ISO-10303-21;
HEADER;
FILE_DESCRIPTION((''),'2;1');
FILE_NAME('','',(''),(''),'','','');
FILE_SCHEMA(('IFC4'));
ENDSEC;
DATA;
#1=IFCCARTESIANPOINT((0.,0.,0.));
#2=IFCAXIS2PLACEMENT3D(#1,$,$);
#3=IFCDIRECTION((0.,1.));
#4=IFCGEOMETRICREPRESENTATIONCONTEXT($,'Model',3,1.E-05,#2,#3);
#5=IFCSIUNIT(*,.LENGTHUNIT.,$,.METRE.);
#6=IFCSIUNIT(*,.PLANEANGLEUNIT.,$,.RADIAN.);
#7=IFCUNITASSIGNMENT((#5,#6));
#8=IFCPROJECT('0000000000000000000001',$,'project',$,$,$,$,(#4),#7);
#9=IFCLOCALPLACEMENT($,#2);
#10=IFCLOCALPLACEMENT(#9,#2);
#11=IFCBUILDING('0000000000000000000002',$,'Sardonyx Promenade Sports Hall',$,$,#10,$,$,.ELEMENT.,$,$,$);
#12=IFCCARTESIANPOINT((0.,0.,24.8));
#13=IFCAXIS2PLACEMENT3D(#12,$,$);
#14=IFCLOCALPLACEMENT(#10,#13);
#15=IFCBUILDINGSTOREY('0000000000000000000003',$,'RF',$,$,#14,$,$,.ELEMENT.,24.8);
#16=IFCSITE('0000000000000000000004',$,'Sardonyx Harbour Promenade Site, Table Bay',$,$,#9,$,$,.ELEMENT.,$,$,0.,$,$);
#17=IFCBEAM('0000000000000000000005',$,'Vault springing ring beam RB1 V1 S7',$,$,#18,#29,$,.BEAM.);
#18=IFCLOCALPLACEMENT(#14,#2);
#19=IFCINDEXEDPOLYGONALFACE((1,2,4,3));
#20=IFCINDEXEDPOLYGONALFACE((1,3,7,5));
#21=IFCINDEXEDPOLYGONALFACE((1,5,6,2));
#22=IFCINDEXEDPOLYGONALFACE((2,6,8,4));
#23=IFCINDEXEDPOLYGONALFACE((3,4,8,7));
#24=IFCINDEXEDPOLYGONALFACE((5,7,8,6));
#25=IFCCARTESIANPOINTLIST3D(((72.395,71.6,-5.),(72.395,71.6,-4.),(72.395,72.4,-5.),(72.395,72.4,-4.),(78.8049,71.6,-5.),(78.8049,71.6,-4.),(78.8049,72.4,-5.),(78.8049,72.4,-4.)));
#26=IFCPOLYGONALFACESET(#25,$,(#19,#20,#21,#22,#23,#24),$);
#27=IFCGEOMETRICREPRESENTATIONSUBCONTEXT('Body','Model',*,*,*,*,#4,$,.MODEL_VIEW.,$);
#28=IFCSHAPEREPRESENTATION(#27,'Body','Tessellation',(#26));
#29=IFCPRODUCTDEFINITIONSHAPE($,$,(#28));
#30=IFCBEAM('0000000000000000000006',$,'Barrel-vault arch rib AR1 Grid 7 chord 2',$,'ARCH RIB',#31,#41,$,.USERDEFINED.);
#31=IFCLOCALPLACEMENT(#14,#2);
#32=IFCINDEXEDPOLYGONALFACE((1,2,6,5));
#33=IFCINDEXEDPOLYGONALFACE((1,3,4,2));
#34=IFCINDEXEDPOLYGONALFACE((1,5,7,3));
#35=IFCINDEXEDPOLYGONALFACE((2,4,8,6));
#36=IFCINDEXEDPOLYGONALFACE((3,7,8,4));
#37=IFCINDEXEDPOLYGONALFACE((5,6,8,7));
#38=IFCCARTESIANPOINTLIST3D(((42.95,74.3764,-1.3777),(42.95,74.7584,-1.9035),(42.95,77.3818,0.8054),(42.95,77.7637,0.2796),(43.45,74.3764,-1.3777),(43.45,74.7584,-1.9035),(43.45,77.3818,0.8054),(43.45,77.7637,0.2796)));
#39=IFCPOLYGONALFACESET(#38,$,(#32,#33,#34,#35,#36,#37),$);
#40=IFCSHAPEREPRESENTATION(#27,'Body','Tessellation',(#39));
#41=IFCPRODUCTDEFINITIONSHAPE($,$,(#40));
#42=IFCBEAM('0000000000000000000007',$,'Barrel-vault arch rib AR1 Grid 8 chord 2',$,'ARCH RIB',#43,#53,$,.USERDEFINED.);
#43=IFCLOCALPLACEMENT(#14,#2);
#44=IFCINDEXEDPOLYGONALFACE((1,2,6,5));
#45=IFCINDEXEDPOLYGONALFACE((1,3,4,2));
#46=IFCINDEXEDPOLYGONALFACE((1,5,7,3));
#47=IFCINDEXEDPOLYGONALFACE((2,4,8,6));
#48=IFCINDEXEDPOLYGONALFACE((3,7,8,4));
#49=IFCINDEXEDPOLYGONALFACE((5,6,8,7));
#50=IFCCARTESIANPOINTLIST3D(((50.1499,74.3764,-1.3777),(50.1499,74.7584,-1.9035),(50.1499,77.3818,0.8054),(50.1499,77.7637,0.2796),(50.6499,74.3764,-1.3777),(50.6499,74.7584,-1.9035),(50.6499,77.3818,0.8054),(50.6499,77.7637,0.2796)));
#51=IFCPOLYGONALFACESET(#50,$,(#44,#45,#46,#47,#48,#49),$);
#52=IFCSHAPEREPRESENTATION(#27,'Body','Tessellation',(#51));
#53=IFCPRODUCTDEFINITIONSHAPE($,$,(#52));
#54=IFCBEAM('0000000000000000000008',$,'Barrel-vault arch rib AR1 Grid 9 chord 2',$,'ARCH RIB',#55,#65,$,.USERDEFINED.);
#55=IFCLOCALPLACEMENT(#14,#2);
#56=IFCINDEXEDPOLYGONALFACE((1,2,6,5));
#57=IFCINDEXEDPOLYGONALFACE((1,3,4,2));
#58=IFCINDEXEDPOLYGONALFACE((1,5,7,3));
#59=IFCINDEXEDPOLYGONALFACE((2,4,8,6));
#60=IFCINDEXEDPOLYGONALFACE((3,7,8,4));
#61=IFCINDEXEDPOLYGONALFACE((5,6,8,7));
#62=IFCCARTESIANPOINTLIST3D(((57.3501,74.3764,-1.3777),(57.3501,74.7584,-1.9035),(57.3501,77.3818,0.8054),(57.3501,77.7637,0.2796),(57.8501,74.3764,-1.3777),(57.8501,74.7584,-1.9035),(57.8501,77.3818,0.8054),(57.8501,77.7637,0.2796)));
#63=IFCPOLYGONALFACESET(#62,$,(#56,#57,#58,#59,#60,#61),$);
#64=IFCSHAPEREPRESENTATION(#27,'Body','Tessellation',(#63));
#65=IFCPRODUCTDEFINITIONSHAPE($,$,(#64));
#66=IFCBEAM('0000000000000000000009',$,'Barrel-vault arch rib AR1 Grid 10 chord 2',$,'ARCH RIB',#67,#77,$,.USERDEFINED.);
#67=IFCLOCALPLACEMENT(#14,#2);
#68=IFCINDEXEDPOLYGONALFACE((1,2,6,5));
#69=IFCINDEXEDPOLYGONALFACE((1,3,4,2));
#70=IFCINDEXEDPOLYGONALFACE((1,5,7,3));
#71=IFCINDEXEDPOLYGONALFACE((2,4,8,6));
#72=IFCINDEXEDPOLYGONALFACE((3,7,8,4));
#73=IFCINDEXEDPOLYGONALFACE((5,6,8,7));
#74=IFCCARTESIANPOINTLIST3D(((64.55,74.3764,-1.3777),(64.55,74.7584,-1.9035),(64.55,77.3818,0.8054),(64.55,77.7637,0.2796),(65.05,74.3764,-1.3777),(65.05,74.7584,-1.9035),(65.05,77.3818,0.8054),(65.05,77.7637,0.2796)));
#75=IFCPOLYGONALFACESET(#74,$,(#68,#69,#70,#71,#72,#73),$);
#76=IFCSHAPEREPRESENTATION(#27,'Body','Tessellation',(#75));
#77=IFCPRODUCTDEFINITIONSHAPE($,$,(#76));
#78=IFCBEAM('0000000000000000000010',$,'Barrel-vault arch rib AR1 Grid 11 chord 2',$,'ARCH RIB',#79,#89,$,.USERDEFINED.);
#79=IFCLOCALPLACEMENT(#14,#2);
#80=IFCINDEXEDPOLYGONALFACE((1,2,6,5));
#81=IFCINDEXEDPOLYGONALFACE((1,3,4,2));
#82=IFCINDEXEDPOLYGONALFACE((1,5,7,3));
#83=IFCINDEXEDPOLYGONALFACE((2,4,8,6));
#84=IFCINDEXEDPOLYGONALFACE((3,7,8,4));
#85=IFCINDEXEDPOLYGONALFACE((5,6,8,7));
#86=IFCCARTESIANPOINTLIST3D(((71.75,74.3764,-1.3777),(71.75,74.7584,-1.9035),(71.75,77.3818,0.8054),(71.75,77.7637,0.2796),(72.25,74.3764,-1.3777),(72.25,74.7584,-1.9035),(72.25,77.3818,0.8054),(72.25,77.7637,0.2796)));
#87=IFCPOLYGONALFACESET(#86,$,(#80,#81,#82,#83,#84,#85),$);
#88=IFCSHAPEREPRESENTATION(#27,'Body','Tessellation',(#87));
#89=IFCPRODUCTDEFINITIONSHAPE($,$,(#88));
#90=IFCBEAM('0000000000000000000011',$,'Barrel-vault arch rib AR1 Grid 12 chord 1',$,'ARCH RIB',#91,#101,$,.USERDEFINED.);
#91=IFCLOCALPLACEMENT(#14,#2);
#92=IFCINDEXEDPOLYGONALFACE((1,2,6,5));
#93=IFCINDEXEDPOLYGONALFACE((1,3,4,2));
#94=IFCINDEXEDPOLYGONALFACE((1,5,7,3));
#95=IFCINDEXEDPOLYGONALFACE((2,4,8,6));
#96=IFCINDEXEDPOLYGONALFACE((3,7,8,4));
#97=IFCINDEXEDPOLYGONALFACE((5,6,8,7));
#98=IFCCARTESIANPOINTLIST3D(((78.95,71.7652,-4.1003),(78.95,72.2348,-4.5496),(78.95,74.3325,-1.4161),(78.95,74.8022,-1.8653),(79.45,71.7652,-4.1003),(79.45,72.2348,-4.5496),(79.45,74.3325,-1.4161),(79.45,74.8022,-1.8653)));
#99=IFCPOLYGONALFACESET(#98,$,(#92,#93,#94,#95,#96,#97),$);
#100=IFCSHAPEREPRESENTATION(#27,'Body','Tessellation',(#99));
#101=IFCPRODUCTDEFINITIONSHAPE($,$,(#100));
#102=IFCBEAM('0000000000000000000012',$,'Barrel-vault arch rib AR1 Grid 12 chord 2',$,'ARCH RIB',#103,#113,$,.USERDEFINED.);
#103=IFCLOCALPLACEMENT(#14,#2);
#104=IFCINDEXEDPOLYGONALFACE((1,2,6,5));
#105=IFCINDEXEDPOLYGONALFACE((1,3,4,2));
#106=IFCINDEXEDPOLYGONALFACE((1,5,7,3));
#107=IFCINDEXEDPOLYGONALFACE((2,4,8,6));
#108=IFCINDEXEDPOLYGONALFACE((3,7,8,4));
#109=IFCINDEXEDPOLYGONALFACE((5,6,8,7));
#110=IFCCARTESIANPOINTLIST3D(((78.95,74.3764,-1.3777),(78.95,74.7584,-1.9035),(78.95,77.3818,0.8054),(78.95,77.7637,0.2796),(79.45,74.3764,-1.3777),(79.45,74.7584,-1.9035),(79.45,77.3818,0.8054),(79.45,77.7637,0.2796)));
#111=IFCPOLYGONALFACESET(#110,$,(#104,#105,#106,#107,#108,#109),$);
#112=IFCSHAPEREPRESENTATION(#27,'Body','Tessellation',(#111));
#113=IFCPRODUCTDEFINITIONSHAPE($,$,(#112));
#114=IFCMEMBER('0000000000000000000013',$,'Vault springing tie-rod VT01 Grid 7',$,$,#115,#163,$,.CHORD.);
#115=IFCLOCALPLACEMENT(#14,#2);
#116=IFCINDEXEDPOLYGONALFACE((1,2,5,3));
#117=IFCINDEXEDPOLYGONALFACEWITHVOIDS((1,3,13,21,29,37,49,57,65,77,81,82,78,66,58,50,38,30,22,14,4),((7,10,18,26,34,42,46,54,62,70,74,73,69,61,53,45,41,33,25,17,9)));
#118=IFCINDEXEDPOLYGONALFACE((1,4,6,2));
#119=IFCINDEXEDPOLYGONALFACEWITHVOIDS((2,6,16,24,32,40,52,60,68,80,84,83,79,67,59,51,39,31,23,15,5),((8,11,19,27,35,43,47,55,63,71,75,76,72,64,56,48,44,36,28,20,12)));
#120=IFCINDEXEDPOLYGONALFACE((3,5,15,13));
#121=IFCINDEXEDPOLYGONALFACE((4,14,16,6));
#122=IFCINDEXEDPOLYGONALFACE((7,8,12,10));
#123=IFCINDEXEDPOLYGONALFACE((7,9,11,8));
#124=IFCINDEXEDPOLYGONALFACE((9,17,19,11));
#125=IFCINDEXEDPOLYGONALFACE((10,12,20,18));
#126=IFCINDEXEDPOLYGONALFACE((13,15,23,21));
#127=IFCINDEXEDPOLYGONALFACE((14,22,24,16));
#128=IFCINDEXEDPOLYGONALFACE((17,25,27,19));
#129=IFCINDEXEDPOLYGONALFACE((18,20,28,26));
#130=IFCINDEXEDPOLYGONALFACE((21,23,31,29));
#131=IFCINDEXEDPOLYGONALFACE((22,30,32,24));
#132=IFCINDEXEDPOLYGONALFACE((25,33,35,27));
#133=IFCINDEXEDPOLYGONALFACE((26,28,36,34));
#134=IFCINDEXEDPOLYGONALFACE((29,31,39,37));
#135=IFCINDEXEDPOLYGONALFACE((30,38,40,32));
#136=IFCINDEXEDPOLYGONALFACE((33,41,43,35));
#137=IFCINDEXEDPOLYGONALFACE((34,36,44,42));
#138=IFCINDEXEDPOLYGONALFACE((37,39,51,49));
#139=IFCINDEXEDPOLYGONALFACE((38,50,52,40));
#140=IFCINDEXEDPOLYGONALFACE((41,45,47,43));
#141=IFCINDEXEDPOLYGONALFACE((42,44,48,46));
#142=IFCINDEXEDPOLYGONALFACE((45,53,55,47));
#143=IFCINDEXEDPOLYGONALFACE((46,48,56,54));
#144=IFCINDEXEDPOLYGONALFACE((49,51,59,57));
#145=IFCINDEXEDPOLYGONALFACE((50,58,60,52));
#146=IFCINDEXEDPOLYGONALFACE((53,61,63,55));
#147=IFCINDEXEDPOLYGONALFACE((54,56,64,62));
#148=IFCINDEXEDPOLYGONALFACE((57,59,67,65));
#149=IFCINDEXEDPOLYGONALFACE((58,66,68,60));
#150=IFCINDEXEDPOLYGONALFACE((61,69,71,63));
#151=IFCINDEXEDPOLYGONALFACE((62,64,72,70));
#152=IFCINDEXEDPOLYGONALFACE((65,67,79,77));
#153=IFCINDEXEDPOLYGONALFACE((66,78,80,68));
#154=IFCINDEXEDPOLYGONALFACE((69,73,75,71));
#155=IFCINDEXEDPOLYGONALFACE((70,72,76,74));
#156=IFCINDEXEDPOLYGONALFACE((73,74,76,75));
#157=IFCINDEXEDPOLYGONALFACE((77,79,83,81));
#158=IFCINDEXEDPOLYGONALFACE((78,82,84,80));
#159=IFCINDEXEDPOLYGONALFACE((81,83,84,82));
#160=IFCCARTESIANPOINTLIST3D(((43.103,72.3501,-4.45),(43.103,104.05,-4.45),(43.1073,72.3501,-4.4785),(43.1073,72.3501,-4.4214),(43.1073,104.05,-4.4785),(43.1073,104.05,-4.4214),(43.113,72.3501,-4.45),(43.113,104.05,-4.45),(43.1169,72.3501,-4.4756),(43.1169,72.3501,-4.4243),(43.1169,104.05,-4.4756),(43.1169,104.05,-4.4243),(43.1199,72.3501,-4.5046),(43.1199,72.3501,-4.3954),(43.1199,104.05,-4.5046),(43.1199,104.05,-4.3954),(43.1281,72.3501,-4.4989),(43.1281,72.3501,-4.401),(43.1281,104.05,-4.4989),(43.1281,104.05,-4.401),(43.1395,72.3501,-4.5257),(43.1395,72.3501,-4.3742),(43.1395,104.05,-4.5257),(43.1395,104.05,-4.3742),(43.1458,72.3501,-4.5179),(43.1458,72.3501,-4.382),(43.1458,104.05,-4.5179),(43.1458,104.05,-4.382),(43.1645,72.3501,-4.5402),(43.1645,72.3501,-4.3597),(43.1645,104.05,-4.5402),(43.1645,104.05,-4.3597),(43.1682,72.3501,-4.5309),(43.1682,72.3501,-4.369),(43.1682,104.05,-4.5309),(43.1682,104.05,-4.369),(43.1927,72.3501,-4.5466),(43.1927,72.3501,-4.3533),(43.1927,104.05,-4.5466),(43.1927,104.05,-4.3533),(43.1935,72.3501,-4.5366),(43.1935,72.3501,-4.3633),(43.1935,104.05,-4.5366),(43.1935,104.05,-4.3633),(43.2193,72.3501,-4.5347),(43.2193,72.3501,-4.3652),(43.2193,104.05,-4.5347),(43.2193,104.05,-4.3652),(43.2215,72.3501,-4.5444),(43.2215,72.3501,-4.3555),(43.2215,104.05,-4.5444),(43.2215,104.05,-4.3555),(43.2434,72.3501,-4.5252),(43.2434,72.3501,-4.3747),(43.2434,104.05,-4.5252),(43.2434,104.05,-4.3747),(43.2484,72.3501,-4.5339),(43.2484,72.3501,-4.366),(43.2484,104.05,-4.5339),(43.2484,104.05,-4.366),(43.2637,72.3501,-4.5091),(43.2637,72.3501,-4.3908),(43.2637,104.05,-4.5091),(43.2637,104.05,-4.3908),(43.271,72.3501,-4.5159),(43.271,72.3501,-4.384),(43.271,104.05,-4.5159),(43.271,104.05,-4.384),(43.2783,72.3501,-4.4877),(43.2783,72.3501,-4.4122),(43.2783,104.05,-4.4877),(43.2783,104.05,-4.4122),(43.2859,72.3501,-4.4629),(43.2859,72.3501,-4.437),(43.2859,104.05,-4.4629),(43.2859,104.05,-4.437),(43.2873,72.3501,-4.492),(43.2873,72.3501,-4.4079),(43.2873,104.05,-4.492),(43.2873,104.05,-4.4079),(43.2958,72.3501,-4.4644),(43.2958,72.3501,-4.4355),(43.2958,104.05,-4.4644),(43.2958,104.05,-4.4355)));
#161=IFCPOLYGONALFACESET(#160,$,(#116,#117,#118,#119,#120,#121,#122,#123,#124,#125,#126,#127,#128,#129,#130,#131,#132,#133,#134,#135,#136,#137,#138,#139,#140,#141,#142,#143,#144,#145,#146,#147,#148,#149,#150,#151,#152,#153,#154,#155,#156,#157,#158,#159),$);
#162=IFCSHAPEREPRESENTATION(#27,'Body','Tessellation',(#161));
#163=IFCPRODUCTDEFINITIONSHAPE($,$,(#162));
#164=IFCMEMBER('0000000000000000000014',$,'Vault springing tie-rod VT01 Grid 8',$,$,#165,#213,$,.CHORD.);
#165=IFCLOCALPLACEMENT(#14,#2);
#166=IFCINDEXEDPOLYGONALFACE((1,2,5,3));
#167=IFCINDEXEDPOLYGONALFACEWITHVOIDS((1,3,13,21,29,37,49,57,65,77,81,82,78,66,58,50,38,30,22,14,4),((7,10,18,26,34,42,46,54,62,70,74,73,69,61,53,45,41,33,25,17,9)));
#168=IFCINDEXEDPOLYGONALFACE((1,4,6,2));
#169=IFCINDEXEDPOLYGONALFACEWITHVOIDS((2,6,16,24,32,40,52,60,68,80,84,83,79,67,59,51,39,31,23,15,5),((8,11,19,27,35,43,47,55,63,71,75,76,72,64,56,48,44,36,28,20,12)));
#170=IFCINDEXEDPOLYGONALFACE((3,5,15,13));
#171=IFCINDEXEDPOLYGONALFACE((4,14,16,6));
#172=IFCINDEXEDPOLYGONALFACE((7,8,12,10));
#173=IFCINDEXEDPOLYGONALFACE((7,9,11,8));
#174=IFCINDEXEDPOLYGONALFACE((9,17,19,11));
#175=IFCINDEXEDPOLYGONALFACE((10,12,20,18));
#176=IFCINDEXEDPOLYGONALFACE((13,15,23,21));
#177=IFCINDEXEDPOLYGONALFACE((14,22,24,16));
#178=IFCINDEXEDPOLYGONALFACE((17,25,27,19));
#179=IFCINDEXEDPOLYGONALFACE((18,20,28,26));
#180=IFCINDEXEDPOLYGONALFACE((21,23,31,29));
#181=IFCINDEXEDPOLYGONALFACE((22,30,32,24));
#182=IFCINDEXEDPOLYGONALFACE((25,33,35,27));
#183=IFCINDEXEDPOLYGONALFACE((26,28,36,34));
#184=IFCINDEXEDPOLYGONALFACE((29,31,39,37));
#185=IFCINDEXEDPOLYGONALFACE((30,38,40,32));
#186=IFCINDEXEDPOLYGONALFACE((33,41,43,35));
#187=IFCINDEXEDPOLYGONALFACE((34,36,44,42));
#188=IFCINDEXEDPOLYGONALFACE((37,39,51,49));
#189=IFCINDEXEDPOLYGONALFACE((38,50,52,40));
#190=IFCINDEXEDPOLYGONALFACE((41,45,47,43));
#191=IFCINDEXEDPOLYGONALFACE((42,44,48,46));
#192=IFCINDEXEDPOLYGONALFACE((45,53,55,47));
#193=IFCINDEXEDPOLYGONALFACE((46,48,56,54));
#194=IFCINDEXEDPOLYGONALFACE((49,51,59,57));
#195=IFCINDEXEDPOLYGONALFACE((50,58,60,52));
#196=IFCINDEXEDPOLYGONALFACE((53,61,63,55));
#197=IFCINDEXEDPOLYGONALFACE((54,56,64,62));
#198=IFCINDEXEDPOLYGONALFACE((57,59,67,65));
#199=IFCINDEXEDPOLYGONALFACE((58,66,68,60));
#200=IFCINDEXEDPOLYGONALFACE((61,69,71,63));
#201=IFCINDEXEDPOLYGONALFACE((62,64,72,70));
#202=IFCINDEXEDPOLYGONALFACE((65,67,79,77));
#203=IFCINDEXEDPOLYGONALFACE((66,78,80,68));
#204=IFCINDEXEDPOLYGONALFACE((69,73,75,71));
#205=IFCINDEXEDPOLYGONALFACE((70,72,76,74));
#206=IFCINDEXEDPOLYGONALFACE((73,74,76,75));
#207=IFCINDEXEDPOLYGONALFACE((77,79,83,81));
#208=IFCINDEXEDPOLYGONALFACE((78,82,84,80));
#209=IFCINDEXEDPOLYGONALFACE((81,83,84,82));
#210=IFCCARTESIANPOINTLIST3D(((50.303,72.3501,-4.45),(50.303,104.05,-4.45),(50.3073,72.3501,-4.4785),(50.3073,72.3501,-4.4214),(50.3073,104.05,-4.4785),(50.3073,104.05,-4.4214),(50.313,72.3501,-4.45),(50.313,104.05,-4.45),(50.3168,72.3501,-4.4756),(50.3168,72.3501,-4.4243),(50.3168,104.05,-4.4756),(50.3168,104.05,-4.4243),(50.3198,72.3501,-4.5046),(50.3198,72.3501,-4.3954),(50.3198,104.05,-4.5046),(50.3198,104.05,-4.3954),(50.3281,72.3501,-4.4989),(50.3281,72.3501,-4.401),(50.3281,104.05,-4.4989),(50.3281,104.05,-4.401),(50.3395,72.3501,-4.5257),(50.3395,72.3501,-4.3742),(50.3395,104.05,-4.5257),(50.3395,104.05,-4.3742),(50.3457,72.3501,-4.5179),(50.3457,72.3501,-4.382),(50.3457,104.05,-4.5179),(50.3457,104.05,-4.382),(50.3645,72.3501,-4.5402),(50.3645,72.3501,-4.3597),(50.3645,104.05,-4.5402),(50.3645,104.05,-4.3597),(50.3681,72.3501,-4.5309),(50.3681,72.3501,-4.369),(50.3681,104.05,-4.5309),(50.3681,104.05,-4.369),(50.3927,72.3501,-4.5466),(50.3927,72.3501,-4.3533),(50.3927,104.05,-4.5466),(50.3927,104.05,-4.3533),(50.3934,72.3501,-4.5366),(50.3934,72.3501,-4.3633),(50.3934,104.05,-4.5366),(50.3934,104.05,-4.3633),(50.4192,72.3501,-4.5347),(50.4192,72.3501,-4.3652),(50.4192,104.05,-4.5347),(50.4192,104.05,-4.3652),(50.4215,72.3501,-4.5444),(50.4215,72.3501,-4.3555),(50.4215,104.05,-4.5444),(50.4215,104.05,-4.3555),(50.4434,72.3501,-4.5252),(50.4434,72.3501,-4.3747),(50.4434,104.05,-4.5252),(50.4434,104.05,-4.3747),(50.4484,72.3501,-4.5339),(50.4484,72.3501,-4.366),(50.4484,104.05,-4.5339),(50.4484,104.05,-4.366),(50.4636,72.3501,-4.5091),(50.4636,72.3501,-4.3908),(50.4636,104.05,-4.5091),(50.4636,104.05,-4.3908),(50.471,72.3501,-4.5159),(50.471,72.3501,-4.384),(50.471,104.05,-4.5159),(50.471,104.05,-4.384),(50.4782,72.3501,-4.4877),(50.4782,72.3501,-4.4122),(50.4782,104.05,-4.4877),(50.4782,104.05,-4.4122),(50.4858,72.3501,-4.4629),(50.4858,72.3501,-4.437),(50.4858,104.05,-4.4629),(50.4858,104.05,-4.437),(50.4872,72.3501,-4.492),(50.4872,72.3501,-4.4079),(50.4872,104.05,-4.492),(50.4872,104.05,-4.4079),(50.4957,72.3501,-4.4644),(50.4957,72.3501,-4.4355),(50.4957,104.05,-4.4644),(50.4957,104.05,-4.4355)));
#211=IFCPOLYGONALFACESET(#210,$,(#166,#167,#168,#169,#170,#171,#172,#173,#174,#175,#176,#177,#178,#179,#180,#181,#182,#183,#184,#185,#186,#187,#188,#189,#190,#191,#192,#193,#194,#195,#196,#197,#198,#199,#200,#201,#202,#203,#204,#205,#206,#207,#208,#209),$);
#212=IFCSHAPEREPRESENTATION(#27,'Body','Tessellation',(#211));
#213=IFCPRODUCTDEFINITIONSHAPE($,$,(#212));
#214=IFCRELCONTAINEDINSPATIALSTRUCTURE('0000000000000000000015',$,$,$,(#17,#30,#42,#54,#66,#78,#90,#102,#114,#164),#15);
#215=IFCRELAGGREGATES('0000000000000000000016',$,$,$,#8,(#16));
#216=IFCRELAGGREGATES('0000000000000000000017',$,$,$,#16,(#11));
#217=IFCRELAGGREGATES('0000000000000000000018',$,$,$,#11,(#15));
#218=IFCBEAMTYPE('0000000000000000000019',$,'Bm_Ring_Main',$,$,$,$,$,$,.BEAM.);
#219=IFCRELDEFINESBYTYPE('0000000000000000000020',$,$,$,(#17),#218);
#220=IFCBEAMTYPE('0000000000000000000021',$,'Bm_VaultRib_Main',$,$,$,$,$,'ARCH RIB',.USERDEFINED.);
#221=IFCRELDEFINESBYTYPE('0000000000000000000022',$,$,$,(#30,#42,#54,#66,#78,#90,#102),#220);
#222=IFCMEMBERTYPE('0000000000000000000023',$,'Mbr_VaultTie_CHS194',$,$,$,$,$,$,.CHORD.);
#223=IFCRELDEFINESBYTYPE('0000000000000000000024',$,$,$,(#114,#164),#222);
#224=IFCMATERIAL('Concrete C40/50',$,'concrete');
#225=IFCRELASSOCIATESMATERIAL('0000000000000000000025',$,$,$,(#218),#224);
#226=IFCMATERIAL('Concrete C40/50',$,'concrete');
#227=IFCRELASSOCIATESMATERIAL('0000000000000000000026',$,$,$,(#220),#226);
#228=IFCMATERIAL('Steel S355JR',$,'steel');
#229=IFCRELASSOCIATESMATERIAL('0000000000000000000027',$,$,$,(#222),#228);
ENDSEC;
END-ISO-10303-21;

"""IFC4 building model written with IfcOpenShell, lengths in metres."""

from ifc_helpers import new_model, si_unit, direction, frame, origin, origin_2d, place, context, subcontext, project, spatial, rectangle, hollow_circle, extrude, material, material_profile, profile_set, type_object, element, save


model = new_model("IFC4")

# Units and contexts
model_context = context("Model", 3, precision=1e-05, world=origin(), true_north=direction((0.0, 1.0)))
body_context = subcontext(model_context, "Body", "Model", "MODEL_VIEW")
ifc_project = project(units=[si_unit("LENGTHUNIT", "METRE"), si_unit("PLANEANGLEUNIT", "RADIAN")], contexts=[model_context])

# Site, building, storey
site_placement = place(None, origin())
site = spatial("IfcSite", under=ifc_project, at=site_placement, Name="Sardonyx Harbour Promenade Site, Table Bay", CompositionType="ELEMENT", RefElevation=0.0)
building_placement = place(site_placement, origin())
building = spatial("IfcBuilding", under=site, at=building_placement, Name="Sardonyx Promenade Sports Hall", CompositionType="ELEMENT")
storey_placement = place(building_placement, frame((0.0, 0.0, 24.8)))
storey = spatial("IfcBuildingStorey", under=building, at=storey_placement, Name="RF", CompositionType="ELEMENT", Elevation=24.8)

# Beams
ifc_material_1 = material(Name="Concrete C40/50", Category="concrete")
ifc_material_profile_1 = material_profile(ifc_material_1, rectangle(XDim=0.8, YDim=1.0, at=origin_2d()))
ifc_profile_set_1 = profile_set([ifc_material_profile_1], Name="Concrete C40/50")
beam_type_1 = type_object("IfcBeamType", Name="Bm_Ring_Main", PredefinedType="BEAM", material=ifc_profile_set_1)
beam_1_placement = place(storey_placement, frame((72.395, 72.0, -4.5), z_axis=(1.0, 0.0, 0.0), x_axis=(0.0, 1.0, 0.0)))
element("IfcBeam", 1, at=beam_1_placement, inside=storey, type_object=beam_type_1, Name="Vault springing ring beam RB1 V1 S7", PredefinedType="BEAM", context=body_context, shape_type="SweptSolid", body=[
    extrude(rectangle(XDim=0.8, YDim=1.0, at=origin_2d()), origin(), (0.0, 0.0, 1.0), 6.4099),
])
ifc_material_2 = material(Name="Concrete C40/50", Category="concrete")
ifc_material_profile_2 = material_profile(ifc_material_2, rectangle(XDim=0.5, YDim=0.6499, at=origin_2d()))
ifc_profile_set_2 = profile_set([ifc_material_profile_2], Name="Concrete C40/50")
beam_type_2 = type_object("IfcBeamType", Name="Bm_VaultRib_Main", ElementType="ARCH RIB", PredefinedType="USERDEFINED", material=ifc_profile_set_2)
for number, where, z_axis, x_axis, name in (
    (2, (43.2, 74.5674, -1.6406), (0.0, 0.809071, 0.58771), (-1.0, 0.0, 0.0), "Barrel-vault arch rib AR1 Grid 7 chord 2"),
    (3, (50.3999, 74.5674, -1.6406), (0.0, 0.809071, 0.58771), (-1.0, 0.0, 0.0), "Barrel-vault arch rib AR1 Grid 8 chord 2"),
    (4, (57.6001, 74.5674, -1.6406), (0.0, 0.809071, 0.58771), (-1.0, 0.0, 0.0), "Barrel-vault arch rib AR1 Grid 9 chord 2"),
    (5, (64.8, 74.5674, -1.6406), (0.0, 0.809071, 0.58771), (-1.0, 0.0, 0.0), "Barrel-vault arch rib AR1 Grid 10 chord 2"),
    (6, (72.0, 74.5674, -1.6406), (0.0, 0.809071, 0.58771), (-1.0, 0.0, 0.0), "Barrel-vault arch rib AR1 Grid 11 chord 2"),
):
    element("IfcBeam", number, at=place(storey_placement, frame(where, z_axis=z_axis, x_axis=x_axis)), inside=storey, type_object=beam_type_2, Name=name, ObjectType="ARCH RIB", PredefinedType="USERDEFINED", context=body_context, shape_type="SweptSolid", body=[
        extrude(rectangle(XDim=0.5, YDim=0.6499, at=origin_2d()), origin(), (0.0, 0.0, 1.0), 3.7146),
    ])
beam_2_placement = place(storey_placement, frame((79.2, 72.0, -4.325), z_axis=(0.0, 0.69119, 0.722673), x_axis=(-1.0, 0.0, 0.0)))
element("IfcBeam", 7, at=beam_2_placement, inside=storey, type_object=beam_type_2, Name="Barrel-vault arch rib AR1 Grid 12 chord 1", ObjectType="ARCH RIB", PredefinedType="USERDEFINED", context=body_context, shape_type="SweptSolid", body=[
    extrude(rectangle(XDim=0.5, YDim=0.6499, at=origin_2d()), origin(), (0.0, 0.0, 1.0), 3.7144),
])
beam_3_placement = place(storey_placement, frame((79.2, 74.5674, -1.6406), z_axis=(0.0, 0.809071, 0.58771), x_axis=(-1.0, 0.0, 0.0)))
element("IfcBeam", 8, at=beam_3_placement, inside=storey, type_object=beam_type_2, Name="Barrel-vault arch rib AR1 Grid 12 chord 2", ObjectType="ARCH RIB", PredefinedType="USERDEFINED", context=body_context, shape_type="SweptSolid", body=[
    extrude(rectangle(XDim=0.5, YDim=0.6499, at=origin_2d()), origin(), (0.0, 0.0, 1.0), 3.7146),
])

# Members
ifc_material_3 = material(Name="Steel S355JR", Category="steel")
ifc_material_profile_3 = material_profile(ifc_material_3, hollow_circle(Radius=0.0969, WallThickness=0.01, at=origin_2d()))
ifc_profile_set_3 = profile_set([ifc_material_profile_3], Name="Steel S355JR")
member_type = type_object("IfcMemberType", Name="Mbr_VaultTie_CHS194", PredefinedType="CHORD", material=ifc_profile_set_3)
for number, where, z_axis, x_axis, name in (
    (9, (43.2, 72.3501, -4.45), (0.0, 1.0, 0.0), (-1.0, 0.0, 0.0), "Vault springing tie-rod VT01 Grid 7"),
    (10, (50.3999, 72.3501, -4.45), (0.0, 1.0, 0.0), (-1.0, 0.0, 0.0), "Vault springing tie-rod VT01 Grid 8"),
):
    element("IfcMember", number, at=place(storey_placement, frame(where, z_axis=z_axis, x_axis=x_axis)), inside=storey, type_object=member_type, Name=name, PredefinedType="CHORD", context=body_context, shape_type="SweptSolid", body=[
        extrude(hollow_circle(Radius=0.0969, WallThickness=0.01, at=origin_2d()), origin(), (0.0, 0.0, 1.0), 31.7),
    ])

save(model, "model.ifc")
